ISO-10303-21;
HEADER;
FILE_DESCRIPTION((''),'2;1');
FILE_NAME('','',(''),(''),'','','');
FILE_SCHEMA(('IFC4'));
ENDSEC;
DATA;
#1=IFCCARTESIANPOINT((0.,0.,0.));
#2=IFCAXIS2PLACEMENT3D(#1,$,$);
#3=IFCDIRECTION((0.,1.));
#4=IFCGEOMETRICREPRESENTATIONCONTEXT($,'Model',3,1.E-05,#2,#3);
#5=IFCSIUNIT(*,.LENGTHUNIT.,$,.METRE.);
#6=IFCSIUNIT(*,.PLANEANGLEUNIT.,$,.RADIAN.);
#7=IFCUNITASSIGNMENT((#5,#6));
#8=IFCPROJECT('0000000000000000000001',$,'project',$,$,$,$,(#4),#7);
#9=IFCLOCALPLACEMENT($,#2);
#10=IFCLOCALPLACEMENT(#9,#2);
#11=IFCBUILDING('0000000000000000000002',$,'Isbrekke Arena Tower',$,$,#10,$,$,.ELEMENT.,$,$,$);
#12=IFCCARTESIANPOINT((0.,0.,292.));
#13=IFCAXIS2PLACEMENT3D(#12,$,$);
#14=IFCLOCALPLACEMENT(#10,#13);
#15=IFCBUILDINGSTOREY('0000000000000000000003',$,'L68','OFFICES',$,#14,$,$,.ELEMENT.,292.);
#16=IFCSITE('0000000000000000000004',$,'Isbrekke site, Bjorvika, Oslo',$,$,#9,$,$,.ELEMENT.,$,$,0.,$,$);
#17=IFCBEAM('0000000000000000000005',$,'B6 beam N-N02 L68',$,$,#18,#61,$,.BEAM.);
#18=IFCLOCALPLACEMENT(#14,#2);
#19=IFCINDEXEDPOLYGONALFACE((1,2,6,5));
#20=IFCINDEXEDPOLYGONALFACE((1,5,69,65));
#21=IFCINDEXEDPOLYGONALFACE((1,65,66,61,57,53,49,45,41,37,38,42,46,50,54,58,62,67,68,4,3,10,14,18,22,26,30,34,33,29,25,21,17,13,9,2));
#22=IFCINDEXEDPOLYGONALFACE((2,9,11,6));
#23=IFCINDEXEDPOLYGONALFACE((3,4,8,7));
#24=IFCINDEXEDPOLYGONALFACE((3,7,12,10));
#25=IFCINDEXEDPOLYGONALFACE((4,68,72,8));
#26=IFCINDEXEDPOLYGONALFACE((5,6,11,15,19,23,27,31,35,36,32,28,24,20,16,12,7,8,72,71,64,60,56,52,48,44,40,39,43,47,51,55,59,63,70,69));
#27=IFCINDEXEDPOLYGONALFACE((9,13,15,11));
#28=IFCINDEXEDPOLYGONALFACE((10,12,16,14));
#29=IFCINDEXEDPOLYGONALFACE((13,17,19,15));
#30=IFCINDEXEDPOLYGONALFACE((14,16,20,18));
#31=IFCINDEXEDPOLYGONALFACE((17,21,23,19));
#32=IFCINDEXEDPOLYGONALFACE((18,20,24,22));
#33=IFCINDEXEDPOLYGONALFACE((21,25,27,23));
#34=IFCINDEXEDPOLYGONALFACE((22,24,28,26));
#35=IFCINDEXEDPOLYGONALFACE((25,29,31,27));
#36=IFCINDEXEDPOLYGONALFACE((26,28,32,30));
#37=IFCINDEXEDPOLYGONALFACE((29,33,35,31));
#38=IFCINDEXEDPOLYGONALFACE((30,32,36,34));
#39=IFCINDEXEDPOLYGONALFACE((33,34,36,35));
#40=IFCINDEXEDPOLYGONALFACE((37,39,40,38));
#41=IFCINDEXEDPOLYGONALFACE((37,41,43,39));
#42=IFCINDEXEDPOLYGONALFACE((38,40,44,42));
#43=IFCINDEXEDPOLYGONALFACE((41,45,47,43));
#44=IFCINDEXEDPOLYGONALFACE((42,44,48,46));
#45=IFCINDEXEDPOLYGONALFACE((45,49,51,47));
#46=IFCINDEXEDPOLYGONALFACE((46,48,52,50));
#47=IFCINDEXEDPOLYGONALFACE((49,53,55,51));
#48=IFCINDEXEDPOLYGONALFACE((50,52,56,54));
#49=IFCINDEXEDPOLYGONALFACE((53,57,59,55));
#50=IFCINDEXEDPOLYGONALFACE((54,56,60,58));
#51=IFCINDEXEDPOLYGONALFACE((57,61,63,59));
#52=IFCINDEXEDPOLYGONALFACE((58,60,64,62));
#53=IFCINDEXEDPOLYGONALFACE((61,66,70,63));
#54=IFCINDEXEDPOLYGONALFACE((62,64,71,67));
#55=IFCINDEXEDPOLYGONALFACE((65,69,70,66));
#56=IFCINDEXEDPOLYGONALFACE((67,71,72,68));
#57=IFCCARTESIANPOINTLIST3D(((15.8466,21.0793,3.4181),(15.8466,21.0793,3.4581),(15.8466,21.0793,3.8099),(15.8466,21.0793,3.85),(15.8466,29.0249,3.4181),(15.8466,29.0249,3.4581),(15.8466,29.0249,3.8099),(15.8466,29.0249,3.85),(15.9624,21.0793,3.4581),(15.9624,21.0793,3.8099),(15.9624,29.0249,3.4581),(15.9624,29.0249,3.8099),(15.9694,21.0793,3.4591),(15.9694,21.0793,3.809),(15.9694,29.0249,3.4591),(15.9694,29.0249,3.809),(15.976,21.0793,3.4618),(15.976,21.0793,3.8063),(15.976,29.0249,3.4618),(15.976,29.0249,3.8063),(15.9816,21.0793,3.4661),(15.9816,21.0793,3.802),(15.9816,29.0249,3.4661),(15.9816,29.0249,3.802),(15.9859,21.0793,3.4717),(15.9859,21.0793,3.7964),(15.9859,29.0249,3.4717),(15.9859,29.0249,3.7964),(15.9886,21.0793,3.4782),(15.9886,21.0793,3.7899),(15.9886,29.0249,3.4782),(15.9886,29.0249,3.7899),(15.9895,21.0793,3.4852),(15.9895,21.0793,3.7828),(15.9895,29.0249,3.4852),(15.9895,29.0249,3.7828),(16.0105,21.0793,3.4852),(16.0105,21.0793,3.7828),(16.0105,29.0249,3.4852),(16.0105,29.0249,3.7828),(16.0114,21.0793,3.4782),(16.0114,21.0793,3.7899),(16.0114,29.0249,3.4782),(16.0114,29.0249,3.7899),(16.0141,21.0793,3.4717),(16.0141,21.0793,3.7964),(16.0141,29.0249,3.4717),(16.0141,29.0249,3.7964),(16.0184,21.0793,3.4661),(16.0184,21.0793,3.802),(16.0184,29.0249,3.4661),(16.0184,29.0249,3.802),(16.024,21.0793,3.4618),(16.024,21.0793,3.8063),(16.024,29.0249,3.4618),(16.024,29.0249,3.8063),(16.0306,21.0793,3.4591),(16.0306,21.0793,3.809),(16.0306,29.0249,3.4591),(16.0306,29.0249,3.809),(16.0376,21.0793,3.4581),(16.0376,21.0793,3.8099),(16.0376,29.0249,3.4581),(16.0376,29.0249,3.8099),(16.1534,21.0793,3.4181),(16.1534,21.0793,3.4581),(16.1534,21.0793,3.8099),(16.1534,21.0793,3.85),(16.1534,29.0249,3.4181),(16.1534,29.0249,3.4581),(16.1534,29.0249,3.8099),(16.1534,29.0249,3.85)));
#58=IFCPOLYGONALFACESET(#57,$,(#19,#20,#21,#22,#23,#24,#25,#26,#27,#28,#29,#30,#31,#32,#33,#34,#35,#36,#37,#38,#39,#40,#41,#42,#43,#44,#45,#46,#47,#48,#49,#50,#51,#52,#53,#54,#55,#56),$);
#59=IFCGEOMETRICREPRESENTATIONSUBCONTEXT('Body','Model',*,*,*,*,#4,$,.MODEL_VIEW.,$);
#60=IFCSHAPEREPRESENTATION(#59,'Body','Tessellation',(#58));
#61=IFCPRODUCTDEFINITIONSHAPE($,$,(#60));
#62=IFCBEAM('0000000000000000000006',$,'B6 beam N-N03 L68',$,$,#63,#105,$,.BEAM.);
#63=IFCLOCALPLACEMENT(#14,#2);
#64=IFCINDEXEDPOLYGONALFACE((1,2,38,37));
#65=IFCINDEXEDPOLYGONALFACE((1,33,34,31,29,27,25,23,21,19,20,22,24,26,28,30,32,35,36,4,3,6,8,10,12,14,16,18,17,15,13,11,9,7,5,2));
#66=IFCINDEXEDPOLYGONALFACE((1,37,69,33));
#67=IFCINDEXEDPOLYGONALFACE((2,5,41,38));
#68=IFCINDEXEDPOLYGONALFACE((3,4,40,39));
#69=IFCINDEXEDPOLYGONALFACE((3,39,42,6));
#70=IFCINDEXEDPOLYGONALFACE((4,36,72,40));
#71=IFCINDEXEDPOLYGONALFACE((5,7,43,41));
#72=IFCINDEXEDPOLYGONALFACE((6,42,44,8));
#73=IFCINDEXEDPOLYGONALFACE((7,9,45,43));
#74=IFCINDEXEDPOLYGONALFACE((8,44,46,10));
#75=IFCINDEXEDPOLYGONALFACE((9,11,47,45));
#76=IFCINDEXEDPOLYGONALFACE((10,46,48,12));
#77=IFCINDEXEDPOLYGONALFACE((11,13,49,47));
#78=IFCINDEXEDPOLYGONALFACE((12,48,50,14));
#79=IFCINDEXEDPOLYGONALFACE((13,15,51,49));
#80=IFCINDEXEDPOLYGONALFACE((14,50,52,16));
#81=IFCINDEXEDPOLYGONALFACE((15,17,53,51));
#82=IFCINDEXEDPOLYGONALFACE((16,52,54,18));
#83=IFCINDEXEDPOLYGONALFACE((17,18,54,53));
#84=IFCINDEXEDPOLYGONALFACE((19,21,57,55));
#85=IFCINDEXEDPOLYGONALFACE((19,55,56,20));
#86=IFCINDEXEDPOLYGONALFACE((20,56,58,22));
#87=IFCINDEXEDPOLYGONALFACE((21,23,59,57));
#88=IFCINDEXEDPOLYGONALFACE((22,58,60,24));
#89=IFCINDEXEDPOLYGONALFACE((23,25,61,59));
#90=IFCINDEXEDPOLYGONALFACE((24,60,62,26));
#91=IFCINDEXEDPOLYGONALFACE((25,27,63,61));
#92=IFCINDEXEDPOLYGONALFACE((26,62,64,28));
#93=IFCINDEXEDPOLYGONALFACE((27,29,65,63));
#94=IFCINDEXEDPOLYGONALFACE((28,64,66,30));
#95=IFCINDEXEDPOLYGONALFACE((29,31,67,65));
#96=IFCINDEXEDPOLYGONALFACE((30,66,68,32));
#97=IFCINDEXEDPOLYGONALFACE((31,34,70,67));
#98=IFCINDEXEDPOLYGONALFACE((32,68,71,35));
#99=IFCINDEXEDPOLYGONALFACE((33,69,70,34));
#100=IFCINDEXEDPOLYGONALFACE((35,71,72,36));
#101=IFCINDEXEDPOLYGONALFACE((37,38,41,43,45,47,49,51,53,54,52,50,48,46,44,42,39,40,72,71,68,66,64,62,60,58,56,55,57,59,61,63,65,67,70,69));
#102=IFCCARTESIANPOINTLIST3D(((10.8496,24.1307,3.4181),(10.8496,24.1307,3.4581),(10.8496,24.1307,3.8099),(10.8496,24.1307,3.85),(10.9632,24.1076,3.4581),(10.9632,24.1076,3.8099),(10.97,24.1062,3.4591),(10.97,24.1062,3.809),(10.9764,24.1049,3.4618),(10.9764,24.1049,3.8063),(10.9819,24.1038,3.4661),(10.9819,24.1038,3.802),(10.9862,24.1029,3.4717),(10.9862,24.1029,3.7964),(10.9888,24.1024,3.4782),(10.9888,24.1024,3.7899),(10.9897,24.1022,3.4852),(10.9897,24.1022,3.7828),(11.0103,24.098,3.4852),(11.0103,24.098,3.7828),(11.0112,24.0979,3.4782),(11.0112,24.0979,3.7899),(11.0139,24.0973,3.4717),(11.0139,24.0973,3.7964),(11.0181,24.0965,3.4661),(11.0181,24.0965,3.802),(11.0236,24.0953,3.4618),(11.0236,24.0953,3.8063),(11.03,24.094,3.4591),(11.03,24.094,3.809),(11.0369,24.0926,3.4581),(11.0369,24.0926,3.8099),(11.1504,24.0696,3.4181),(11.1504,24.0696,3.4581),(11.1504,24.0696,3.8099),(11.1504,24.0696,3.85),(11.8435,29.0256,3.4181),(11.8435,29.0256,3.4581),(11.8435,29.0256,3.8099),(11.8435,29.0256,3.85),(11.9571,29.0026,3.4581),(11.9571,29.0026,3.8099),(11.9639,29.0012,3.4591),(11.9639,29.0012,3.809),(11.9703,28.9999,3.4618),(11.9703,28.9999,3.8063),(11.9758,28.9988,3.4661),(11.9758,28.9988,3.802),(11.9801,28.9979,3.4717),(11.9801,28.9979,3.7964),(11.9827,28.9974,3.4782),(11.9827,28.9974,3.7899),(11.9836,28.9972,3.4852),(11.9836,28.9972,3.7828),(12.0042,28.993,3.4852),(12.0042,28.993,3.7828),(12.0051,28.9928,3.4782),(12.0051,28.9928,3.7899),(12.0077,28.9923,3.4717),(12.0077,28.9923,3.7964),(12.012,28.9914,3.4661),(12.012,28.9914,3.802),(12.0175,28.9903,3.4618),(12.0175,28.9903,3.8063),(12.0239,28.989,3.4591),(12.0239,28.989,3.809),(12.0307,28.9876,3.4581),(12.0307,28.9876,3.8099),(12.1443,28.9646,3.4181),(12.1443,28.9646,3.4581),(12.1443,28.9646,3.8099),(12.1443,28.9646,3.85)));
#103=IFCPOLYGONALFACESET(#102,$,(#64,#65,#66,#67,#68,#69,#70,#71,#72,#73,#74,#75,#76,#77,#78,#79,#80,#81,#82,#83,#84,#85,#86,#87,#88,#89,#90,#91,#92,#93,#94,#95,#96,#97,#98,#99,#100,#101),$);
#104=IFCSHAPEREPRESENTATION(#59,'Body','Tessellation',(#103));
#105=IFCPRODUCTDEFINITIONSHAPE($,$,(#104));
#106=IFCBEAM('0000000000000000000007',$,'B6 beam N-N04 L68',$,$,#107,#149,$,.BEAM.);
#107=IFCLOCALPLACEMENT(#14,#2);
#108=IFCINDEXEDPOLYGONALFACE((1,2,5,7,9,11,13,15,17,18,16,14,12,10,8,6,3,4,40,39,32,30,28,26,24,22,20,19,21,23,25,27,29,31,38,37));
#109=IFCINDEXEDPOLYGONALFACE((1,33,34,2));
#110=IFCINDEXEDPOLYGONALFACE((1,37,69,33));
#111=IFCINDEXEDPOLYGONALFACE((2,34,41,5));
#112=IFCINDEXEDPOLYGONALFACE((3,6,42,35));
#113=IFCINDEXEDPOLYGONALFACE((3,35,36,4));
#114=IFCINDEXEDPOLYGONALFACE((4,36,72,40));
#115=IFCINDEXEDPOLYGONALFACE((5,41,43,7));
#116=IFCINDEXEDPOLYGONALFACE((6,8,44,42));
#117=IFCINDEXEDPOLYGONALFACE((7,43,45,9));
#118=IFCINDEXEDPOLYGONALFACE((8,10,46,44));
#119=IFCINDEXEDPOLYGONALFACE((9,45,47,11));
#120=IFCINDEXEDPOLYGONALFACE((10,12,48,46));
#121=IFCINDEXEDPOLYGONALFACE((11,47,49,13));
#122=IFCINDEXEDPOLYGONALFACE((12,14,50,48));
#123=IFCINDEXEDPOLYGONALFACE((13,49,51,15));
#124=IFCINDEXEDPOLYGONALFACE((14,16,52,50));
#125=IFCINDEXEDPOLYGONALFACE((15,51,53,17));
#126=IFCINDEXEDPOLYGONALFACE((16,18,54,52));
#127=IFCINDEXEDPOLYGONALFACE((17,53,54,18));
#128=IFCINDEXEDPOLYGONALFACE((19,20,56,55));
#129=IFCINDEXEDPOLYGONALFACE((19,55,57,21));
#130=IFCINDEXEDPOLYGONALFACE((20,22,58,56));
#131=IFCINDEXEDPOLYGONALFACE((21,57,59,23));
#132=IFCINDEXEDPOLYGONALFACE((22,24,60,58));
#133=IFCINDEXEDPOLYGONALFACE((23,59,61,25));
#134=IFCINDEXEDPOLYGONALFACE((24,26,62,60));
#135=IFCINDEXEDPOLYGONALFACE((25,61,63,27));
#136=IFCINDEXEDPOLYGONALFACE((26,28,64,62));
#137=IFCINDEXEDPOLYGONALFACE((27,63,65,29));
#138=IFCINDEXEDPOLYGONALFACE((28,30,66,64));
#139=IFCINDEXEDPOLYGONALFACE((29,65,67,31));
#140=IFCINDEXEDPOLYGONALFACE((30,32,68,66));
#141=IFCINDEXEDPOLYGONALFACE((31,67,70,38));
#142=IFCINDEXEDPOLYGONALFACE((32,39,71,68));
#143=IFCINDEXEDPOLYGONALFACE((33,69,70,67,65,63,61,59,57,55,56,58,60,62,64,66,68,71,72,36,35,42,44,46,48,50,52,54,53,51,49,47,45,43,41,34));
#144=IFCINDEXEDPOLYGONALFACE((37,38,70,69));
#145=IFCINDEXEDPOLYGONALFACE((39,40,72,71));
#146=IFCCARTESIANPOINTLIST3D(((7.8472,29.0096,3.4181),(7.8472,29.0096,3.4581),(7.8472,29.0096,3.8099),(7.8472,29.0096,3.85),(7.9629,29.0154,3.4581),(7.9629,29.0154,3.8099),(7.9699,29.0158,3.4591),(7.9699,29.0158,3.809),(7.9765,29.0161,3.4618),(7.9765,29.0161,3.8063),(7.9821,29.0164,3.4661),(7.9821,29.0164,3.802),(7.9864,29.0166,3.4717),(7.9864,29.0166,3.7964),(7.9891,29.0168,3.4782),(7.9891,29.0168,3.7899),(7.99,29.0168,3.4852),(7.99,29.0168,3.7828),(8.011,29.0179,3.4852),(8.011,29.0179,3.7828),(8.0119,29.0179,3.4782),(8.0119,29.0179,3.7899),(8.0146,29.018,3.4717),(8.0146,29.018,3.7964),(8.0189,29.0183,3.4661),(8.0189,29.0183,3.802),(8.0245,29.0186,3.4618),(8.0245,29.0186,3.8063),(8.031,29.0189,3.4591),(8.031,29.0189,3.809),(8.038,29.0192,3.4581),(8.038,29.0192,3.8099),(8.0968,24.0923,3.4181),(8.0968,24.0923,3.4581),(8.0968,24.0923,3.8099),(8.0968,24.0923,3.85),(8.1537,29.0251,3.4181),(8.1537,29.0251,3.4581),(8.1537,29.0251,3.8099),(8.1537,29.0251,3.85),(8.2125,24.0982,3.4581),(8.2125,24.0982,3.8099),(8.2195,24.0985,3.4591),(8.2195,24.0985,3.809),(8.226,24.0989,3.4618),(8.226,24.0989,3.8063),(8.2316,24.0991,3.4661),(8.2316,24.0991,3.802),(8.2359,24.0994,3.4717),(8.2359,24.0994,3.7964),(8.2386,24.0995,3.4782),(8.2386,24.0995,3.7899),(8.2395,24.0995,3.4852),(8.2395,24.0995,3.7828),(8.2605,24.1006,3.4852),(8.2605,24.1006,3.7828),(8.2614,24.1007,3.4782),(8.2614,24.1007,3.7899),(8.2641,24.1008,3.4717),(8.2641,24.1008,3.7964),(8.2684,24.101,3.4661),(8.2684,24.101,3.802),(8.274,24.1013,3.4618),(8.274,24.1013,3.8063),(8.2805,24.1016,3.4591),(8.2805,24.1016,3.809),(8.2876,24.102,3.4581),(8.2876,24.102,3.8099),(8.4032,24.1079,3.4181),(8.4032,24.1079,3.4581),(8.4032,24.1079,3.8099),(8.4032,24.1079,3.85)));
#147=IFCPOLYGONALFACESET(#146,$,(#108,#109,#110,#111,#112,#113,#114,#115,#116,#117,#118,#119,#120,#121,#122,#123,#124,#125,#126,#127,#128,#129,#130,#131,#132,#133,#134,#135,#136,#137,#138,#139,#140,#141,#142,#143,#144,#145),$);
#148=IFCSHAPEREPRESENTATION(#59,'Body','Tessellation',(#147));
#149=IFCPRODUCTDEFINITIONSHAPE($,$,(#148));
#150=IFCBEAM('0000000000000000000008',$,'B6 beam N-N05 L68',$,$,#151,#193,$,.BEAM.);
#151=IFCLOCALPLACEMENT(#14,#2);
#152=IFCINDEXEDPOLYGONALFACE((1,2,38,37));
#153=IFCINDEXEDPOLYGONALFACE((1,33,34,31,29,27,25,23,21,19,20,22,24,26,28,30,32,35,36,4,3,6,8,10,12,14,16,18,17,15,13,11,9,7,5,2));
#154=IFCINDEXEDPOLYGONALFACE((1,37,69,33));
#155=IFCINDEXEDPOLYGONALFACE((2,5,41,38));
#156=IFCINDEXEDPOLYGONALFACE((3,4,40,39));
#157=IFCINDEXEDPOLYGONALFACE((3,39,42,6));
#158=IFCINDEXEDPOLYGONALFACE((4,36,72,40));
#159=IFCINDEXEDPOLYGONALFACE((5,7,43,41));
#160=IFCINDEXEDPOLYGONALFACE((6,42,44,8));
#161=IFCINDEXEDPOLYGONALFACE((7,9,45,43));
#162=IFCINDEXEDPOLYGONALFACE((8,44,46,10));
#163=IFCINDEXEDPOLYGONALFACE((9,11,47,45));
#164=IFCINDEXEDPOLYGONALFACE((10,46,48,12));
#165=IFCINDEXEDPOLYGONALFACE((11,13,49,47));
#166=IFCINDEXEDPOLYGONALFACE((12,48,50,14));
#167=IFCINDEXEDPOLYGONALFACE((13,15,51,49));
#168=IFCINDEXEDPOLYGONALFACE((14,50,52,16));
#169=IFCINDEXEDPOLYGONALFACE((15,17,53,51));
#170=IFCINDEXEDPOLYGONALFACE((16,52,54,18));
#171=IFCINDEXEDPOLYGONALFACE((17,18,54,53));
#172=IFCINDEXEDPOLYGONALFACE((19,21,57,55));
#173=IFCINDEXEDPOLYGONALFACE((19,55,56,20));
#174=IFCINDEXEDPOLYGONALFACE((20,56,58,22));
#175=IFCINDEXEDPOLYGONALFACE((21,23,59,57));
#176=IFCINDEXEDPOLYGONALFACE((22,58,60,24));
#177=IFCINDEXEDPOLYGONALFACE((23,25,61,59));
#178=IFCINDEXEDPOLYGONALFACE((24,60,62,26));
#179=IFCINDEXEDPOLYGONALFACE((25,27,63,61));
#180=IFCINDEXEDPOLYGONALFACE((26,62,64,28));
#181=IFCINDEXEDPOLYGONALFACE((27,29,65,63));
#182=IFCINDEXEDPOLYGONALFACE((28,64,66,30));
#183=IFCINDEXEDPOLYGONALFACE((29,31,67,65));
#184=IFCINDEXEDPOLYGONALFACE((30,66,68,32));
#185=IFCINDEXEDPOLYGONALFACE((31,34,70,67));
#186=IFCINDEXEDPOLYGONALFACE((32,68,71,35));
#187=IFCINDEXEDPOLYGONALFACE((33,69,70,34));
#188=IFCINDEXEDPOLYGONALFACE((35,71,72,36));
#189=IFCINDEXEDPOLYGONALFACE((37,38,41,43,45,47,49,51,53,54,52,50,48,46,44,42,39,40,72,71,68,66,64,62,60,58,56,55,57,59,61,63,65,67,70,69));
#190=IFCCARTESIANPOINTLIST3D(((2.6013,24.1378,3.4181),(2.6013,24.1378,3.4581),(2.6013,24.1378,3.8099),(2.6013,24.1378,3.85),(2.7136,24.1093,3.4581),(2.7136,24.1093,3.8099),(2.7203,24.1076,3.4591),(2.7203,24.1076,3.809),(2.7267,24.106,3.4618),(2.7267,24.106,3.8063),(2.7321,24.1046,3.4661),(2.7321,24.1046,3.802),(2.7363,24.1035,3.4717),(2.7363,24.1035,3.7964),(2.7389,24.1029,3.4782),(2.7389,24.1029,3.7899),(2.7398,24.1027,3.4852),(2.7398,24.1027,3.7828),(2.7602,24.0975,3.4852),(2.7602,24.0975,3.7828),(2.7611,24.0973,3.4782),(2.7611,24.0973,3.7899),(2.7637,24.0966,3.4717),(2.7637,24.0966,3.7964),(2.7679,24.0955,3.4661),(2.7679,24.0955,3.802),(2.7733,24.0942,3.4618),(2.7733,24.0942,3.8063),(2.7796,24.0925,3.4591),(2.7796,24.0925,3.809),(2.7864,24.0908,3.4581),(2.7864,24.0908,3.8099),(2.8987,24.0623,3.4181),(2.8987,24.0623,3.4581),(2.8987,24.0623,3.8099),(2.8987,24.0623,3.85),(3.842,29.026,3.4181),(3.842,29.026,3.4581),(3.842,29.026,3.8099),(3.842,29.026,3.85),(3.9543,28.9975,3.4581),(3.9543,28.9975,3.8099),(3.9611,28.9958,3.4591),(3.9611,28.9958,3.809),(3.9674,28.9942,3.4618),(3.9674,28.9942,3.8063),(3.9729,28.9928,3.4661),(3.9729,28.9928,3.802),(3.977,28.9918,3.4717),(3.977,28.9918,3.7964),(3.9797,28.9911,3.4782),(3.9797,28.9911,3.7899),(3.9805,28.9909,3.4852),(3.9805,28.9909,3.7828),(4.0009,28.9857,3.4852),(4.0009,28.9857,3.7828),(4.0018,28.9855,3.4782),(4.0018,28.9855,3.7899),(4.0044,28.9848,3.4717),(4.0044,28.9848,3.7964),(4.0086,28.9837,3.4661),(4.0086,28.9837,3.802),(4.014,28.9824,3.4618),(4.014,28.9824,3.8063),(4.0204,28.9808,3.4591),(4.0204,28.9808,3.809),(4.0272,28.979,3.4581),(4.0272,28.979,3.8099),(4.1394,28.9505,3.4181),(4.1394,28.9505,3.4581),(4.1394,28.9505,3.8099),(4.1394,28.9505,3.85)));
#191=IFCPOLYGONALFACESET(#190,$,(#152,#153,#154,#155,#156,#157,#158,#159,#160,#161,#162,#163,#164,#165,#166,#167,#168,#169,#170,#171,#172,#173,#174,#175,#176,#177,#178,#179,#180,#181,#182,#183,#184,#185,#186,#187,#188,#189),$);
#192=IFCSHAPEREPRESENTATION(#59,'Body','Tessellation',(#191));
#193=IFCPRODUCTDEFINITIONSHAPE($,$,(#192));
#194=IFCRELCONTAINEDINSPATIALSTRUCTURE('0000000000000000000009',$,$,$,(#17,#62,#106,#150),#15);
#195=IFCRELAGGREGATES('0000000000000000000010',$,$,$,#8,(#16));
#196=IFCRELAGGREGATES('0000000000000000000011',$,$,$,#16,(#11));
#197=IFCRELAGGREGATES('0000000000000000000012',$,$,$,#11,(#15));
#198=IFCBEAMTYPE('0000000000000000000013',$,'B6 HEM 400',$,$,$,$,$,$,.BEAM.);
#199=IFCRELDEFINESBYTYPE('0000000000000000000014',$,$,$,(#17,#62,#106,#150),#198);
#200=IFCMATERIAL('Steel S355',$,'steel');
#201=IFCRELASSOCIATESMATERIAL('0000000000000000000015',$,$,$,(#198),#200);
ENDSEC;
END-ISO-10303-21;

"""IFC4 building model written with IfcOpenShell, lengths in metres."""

from ifc_helpers import new_model, si_unit, direction, frame, origin, origin_2d, place, context, subcontext, project, spatial, i_section, extrude, material, material_profile, profile_set, type_object, element, save


model = new_model("IFC4")

# Units and contexts
model_context = context("Model", 3, precision=1e-05, world=origin(), true_north=direction((0.0, 1.0)))
body_context = subcontext(model_context, "Body", "Model", "MODEL_VIEW")
ifc_project = project(units=[si_unit("LENGTHUNIT", "METRE"), si_unit("PLANEANGLEUNIT", "RADIAN")], contexts=[model_context])

# Site, building, storey
site_placement = place(None, origin())
site = spatial("IfcSite", under=ifc_project, at=site_placement, Name="Isbrekke site, Bjorvika, Oslo", CompositionType="ELEMENT", RefElevation=0.0)
building_placement = place(site_placement, origin())
building = spatial("IfcBuilding", under=site, at=building_placement, Name="Isbrekke Arena Tower", CompositionType="ELEMENT")
storey_placement = place(building_placement, frame((0.0, 0.0, 292.0)))
storey = spatial("IfcBuildingStorey", under=building, at=storey_placement, Name="L68", Description="OFFICES", CompositionType="ELEMENT", Elevation=292.0)

# Beams
ifc_material_1 = material(Name="Steel S355", Category="steel")
ifc_material_profile = material_profile(ifc_material_1, i_section(OverallWidth=0.3069, OverallDepth=0.4319, WebThickness=0.021, FlangeThickness=0.04, FilletRadius=0.0271, at=origin_2d()), Name="HEM 400")
ifc_profile_set = profile_set([ifc_material_profile], Name="Steel S355")
beam_type = type_object("IfcBeamType", Name="B6 HEM 400", PredefinedType="BEAM", material=ifc_profile_set)
beam_1_placement = place(storey_placement, frame((16.0, 29.0249, 3.634), z_axis=(0.0, -1.0, 0.0), x_axis=(1.0, 0.0, 0.0)))
element("IfcBeam", 1, at=beam_1_placement, inside=storey, type_object=beam_type, Name="B6 beam N-N02 L68", PredefinedType="BEAM", context=body_context, shape_type="SweptSolid", body=[
    extrude(i_section(OverallWidth=0.3069, OverallDepth=0.4319, WebThickness=0.021, FlangeThickness=0.04, FilletRadius=0.0271, at=origin_2d()), origin(), (0.0, 0.0, 1.0), 7.9456),
])
beam_2_placement = place(storey_placement, frame((11.9939, 28.9951, 3.634), z_axis=(-0.198982, -0.980003, 0.0), x_axis=(0.980003, -0.198982, 0.0)))
element("IfcBeam", 2, at=beam_2_placement, inside=storey, type_object=beam_type, Name="B6 beam N-N03 L68", PredefinedType="BEAM", context=body_context, shape_type="SweptSolid", body=[
    extrude(i_section(OverallWidth=0.3069, OverallDepth=0.4319, WebThickness=0.021, FlangeThickness=0.04, FilletRadius=0.0271, at=origin_2d()), origin(), (0.0, 0.0, 1.0), 4.9949),
])
beam_3_placement = place(storey_placement, frame((8.0005, 29.0173, 3.634), z_axis=(0.050677, -0.998715, 0.0), x_axis=(0.998715, 0.050677, 0.0)))
element("IfcBeam", 3, at=beam_3_placement, inside=storey, type_object=beam_type, Name="B6 beam N-N04 L68", PredefinedType="BEAM", context=body_context, shape_type="SweptSolid", body=[
    extrude(i_section(OverallWidth=0.3069, OverallDepth=0.4319, WebThickness=0.021, FlangeThickness=0.04, FilletRadius=0.0271, at=origin_2d()), origin(), (0.0, 0.0, 1.0), 4.9236),
])
beam_4_placement = place(storey_placement, frame((3.9907, 28.9883, 3.634), z_axis=(-0.24602, -0.969265, 0.0), x_axis=(0.969265, -0.24602, 0.0)))
element("IfcBeam", 4, at=beam_4_placement, inside=storey, type_object=beam_type, Name="B6 beam N-N05 L68", PredefinedType="BEAM", context=body_context, shape_type="SweptSolid", body=[
    extrude(i_section(OverallWidth=0.3069, OverallDepth=0.4319, WebThickness=0.021, FlangeThickness=0.04, FilletRadius=0.0271, at=origin_2d()), origin(), (0.0, 0.0, 1.0), 5.0432),
])

save(model, "model.ifc")
